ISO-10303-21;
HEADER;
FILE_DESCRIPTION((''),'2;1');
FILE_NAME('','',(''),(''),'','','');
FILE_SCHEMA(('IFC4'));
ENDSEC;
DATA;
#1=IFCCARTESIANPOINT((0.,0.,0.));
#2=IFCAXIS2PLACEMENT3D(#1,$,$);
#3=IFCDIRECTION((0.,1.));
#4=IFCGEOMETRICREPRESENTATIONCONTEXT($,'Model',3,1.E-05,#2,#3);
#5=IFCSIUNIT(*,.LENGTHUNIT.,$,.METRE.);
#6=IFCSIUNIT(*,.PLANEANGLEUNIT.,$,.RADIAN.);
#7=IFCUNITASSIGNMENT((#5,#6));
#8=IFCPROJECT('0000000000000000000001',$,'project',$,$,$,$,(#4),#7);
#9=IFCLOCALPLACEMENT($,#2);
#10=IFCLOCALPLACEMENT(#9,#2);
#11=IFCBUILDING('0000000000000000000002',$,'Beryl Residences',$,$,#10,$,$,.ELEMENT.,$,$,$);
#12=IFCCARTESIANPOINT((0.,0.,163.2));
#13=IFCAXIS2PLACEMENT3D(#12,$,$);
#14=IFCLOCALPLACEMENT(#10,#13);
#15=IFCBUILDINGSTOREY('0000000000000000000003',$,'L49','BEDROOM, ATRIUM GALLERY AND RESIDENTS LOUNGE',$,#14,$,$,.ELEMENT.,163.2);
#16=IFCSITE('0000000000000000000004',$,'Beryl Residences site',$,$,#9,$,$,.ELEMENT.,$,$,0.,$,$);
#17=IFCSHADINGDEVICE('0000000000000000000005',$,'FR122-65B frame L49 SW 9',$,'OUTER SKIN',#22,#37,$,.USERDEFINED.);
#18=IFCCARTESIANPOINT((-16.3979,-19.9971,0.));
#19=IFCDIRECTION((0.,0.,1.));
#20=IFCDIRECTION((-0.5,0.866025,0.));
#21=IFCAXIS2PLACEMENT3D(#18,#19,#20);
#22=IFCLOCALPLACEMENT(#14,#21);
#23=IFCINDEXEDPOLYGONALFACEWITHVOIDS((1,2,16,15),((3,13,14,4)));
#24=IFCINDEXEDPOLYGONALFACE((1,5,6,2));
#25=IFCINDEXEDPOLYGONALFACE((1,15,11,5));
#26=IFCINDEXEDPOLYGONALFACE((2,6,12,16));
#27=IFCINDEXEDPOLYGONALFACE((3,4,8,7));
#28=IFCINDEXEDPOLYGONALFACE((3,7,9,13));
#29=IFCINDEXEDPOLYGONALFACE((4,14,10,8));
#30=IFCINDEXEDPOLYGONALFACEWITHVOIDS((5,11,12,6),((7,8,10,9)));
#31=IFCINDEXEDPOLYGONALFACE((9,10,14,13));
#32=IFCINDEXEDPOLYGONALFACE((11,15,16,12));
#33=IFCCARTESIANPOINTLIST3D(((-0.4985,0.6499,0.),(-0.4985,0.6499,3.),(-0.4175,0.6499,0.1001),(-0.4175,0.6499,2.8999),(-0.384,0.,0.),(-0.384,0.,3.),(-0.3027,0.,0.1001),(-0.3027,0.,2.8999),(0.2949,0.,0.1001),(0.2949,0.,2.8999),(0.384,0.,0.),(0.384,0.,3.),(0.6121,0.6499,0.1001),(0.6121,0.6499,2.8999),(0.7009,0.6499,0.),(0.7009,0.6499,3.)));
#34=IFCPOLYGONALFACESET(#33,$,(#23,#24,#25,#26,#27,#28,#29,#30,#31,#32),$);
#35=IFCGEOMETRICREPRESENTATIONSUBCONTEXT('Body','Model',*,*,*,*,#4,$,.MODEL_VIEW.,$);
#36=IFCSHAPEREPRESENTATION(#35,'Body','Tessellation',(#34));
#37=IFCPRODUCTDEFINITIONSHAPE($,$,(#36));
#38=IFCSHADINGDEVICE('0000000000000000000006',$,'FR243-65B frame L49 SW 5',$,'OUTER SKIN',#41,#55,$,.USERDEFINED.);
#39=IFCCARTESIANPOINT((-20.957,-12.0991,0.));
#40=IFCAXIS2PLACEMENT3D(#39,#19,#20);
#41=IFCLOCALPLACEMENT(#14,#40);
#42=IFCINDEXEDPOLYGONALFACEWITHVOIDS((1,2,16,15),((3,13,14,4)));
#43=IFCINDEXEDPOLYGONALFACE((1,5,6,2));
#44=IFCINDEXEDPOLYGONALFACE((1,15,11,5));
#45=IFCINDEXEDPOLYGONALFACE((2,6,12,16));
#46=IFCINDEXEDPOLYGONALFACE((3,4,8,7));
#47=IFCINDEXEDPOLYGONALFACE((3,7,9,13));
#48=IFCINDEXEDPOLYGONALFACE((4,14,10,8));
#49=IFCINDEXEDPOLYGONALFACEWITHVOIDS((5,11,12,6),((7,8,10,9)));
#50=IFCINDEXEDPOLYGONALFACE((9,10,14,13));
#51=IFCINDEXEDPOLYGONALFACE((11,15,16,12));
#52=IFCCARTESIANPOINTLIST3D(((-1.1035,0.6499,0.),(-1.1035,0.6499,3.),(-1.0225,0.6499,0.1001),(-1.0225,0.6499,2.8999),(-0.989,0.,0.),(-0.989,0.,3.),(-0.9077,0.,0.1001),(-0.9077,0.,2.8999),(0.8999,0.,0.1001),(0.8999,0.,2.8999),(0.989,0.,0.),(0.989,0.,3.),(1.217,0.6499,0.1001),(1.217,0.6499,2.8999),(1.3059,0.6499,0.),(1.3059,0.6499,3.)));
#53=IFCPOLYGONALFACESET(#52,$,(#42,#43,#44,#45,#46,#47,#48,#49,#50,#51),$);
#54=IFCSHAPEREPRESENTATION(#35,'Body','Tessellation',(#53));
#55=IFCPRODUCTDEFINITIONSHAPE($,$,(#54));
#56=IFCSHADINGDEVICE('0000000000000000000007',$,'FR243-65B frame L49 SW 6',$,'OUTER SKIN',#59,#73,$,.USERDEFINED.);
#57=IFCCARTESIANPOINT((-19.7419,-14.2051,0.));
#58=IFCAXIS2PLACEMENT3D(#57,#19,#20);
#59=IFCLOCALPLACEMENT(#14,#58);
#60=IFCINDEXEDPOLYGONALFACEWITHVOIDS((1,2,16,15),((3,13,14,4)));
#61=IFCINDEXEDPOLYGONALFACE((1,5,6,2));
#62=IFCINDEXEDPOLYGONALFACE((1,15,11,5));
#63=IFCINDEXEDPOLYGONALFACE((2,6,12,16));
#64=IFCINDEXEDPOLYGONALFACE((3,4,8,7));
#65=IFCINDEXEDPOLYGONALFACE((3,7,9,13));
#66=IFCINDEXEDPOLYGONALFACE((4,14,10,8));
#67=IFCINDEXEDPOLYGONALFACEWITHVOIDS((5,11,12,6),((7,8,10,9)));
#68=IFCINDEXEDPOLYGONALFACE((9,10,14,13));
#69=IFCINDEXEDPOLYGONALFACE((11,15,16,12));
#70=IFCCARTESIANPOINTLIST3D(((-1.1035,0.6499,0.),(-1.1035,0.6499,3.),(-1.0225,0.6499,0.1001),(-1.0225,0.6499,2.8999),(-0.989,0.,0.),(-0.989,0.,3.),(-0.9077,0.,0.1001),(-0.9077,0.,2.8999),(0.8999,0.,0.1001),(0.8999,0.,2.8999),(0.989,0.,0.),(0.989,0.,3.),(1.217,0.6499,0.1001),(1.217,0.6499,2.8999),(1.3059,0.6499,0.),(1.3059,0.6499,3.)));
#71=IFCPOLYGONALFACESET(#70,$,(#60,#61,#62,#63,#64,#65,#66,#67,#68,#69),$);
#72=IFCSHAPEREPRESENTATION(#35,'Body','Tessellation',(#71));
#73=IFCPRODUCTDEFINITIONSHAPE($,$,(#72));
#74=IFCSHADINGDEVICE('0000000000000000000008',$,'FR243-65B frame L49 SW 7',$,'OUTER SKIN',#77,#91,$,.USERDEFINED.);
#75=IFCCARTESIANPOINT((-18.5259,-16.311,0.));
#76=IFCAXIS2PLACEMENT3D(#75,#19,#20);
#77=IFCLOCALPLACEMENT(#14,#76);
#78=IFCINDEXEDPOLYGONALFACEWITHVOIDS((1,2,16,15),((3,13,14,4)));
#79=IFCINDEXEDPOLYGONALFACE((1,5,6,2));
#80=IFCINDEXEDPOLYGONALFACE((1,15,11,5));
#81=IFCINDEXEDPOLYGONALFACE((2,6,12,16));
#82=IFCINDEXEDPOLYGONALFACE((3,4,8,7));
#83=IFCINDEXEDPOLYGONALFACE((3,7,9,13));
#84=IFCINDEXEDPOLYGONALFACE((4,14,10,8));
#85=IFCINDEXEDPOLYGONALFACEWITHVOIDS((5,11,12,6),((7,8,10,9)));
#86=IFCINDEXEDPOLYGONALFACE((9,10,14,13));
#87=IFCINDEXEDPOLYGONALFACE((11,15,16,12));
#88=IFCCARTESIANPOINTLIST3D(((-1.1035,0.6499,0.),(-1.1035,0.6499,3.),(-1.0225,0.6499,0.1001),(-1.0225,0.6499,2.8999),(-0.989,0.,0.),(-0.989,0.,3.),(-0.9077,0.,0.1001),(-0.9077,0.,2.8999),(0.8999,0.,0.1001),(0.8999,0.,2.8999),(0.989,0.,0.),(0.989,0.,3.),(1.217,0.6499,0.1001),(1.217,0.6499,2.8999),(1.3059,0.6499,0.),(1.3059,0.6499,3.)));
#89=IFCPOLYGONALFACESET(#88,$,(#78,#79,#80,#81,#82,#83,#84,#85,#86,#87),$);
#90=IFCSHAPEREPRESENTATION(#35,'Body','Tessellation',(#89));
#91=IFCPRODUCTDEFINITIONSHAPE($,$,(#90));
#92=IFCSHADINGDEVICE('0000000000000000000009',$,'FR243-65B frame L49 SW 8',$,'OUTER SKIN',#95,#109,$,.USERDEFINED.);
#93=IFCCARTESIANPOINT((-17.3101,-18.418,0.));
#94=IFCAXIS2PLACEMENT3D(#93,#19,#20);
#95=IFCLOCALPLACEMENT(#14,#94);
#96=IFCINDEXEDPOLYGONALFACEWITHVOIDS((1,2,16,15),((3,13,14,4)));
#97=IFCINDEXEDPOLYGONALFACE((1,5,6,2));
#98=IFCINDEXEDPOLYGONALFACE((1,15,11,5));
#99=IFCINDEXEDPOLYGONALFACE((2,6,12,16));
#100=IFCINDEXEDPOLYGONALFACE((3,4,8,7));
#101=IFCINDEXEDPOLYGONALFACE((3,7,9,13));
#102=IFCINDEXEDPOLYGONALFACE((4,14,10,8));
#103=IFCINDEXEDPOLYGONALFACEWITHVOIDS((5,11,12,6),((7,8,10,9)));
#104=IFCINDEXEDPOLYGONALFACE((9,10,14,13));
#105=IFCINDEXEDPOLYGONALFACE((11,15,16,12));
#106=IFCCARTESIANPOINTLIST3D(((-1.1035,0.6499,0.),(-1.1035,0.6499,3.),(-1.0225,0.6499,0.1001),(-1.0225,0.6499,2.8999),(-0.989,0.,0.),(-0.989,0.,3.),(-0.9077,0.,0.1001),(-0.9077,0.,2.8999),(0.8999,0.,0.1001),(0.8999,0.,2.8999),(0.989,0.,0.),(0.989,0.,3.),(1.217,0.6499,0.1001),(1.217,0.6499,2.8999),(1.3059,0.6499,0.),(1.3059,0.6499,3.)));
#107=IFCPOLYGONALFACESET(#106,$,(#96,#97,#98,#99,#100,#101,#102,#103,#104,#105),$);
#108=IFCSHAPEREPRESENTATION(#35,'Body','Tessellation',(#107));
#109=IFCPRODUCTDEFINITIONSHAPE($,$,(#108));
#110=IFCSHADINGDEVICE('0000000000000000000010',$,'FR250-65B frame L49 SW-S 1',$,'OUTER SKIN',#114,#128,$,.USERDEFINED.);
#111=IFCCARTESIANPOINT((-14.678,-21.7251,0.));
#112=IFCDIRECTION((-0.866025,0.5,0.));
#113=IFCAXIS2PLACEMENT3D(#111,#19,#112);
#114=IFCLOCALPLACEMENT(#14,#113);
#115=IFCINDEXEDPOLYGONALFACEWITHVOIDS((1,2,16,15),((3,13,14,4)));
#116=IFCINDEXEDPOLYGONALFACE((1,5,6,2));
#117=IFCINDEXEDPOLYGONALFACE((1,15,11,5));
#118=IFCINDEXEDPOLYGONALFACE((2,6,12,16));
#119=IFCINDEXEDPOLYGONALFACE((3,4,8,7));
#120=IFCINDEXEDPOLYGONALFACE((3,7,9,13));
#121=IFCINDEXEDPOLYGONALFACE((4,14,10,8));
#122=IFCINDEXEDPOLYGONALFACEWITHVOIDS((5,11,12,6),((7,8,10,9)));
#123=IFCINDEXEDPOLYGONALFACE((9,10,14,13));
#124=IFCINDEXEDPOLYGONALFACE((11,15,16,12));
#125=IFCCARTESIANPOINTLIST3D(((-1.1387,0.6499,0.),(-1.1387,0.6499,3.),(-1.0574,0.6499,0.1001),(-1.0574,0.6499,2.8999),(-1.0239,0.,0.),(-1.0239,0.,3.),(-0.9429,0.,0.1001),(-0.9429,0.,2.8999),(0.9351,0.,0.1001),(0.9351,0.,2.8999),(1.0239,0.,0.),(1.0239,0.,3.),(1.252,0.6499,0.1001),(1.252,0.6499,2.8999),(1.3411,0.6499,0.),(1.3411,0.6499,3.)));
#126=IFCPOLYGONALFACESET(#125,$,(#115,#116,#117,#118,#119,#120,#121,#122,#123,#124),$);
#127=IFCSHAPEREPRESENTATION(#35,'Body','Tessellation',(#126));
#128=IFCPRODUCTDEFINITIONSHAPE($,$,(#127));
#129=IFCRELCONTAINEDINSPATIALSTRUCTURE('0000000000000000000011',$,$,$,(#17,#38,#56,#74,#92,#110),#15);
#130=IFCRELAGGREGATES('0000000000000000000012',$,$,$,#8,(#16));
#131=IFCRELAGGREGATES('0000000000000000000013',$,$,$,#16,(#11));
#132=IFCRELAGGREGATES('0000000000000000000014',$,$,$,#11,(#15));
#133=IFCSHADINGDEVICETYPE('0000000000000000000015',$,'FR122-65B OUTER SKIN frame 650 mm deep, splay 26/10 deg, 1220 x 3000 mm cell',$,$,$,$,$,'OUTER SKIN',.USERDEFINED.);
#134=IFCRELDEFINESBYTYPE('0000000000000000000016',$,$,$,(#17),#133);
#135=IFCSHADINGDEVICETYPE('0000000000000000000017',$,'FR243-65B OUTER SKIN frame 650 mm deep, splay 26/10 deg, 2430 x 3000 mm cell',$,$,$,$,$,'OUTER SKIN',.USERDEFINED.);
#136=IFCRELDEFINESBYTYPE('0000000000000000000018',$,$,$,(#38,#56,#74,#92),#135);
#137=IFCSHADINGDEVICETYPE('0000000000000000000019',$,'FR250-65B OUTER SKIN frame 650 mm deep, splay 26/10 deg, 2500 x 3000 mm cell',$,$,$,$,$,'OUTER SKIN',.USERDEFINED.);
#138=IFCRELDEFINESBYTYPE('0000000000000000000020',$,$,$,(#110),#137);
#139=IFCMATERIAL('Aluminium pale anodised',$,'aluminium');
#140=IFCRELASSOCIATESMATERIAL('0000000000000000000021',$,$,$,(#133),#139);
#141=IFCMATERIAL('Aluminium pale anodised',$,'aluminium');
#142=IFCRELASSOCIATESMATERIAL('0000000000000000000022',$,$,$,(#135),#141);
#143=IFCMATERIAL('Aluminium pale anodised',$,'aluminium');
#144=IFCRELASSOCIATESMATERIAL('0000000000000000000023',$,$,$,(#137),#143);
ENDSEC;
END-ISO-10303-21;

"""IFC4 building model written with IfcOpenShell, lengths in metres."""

from ifc_helpers import new_model, entity, si_unit, direction, frame, origin, place, context, subcontext, project, spatial, source, transform, mapped, material, type_object, type_shapes, element, save


model = new_model("IFC4")

# Units and contexts
model_context = context("Model", 3, precision=1e-05, world=origin(), true_north=direction((0.0, 1.0)))
body_context = subcontext(model_context, "Body", "Model", "MODEL_VIEW")
ifc_project = project(units=[si_unit("LENGTHUNIT", "METRE"), si_unit("PLANEANGLEUNIT", "RADIAN")], contexts=[model_context])

# Site, building, storey
site_placement = place(None, origin())
site = spatial("IfcSite", under=ifc_project, at=site_placement, Name="Beryl Residences site", CompositionType="ELEMENT", RefElevation=0.0)
building_placement = place(site_placement, origin())
building = spatial("IfcBuilding", under=site, at=building_placement, Name="Beryl Residences", CompositionType="ELEMENT")
storey_placement = place(building_placement, frame((0.0, 0.0, 163.2)))
storey = spatial("IfcBuildingStorey", under=building, at=storey_placement, Name="L49", Description="BEDROOM, ATRIUM GALLERY AND RESIDENTS LOUNGE", CompositionType="ELEMENT", Elevation=163.2)

# Shading devices
ifc_material_1 = material(Name="Aluminium pale anodised", Category="aluminium")
shading_device_type_1 = type_object("IfcShadingDeviceType", Name="FR122-65B OUTER SKIN frame 650 mm deep, splay 26/10 deg, 1220 x 3000 mm cell", ElementType="OUTER SKIN", PredefinedType="USERDEFINED", material=ifc_material_1)
cartesian_point_1 = entity("IfcCartesianPoint", [-0.384, 0.0])
cartesian_point_2 = entity("IfcCartesianPoint", [-0.2949, 0.1001])
cartesian_point_3 = entity("IfcCartesianPoint", [-0.7009, 0.0])
cartesian_point_4 = entity("IfcCartesianPoint", [-0.6121, 0.1001])
shared_shape_1 = source(origin(), body_context, "Body", "SweptSolid", [
    entity("IfcExtrudedAreaSolidTapered", entity("IfcArbitraryProfileDefWithVoids", "AREA", None, entity("IfcPolyline", [cartesian_point_1, entity("IfcCartesianPoint", [0.384, 0.0]), entity("IfcCartesianPoint", [0.384, 3.0]), entity("IfcCartesianPoint", [-0.384, 3.0]), cartesian_point_1]), [entity("IfcPolyline", [cartesian_point_2, entity("IfcCartesianPoint", [0.3027, 0.1001]), entity("IfcCartesianPoint", [0.3027, 2.8999]), entity("IfcCartesianPoint", [-0.2949, 2.8999]), cartesian_point_2])]), entity("IfcAxis2Placement3D", entity("IfcCartesianPoint", [0.0, 0.0, 0.0]), entity("IfcDirection", [0.0, 1.0, 0.0]), entity("IfcDirection", [-1.0, 0.0, 0.0])), entity("IfcDirection", [0.0, 0.0, 1.0]), 0.6499, entity("IfcArbitraryProfileDefWithVoids", "AREA", None, entity("IfcPolyline", [cartesian_point_3, entity("IfcCartesianPoint", [0.4985, 0.0]), entity("IfcCartesianPoint", [0.4985, 3.0]), entity("IfcCartesianPoint", [-0.7009, 3.0]), cartesian_point_3]), [entity("IfcPolyline", [cartesian_point_4, entity("IfcCartesianPoint", [0.4175, 0.1001]), entity("IfcCartesianPoint", [0.4175, 2.8999]), entity("IfcCartesianPoint", [-0.6121, 2.8999]), cartesian_point_4])])),
])
type_shapes(shading_device_type_1, [shared_shape_1])
shading_device_1_placement = place(storey_placement, frame((-16.3979, -19.9971, 0.0), z_axis=(0.0, 0.0, 1.0), x_axis=(-0.5, 0.866025, 0.0)))
element("IfcShadingDevice", 1, at=shading_device_1_placement, inside=storey, type_object=shading_device_type_1, Name="FR122-65B frame L49 SW 9", ObjectType="OUTER SKIN", PredefinedType="USERDEFINED", context=body_context, shape_type="MappedRepresentation", body=[
    mapped(shared_shape_1, transform((0.0, 0.0, 0.0))),
])
ifc_material_2 = material(Name="Aluminium pale anodised", Category="aluminium")
shading_device_type_2 = type_object("IfcShadingDeviceType", Name="FR243-65B OUTER SKIN frame 650 mm deep, splay 26/10 deg, 2430 x 3000 mm cell", ElementType="OUTER SKIN", PredefinedType="USERDEFINED", material=ifc_material_2)
cartesian_point_5 = entity("IfcCartesianPoint", [-0.989, 0.0])
cartesian_point_6 = entity("IfcCartesianPoint", [-0.8999, 0.1001])
cartesian_point_7 = entity("IfcCartesianPoint", [-1.3059, 0.0])
cartesian_point_8 = entity("IfcCartesianPoint", [-1.217, 0.1001])
shared_shape_2 = source(origin(), body_context, "Body", "SweptSolid", [
    entity("IfcExtrudedAreaSolidTapered", entity("IfcArbitraryProfileDefWithVoids", "AREA", None, entity("IfcPolyline", [cartesian_point_5, entity("IfcCartesianPoint", [0.989, 0.0]), entity("IfcCartesianPoint", [0.989, 3.0]), entity("IfcCartesianPoint", [-0.989, 3.0]), cartesian_point_5]), [entity("IfcPolyline", [cartesian_point_6, entity("IfcCartesianPoint", [0.9077, 0.1001]), entity("IfcCartesianPoint", [0.9077, 2.8999]), entity("IfcCartesianPoint", [-0.8999, 2.8999]), cartesian_point_6])]), entity("IfcAxis2Placement3D", entity("IfcCartesianPoint", [0.0, 0.0, 0.0]), entity("IfcDirection", [0.0, 1.0, 0.0]), entity("IfcDirection", [-1.0, 0.0, 0.0])), entity("IfcDirection", [0.0, 0.0, 1.0]), 0.6499, entity("IfcArbitraryProfileDefWithVoids", "AREA", None, entity("IfcPolyline", [cartesian_point_7, entity("IfcCartesianPoint", [1.1035, 0.0]), entity("IfcCartesianPoint", [1.1035, 3.0]), entity("IfcCartesianPoint", [-1.3059, 3.0]), cartesian_point_7]), [entity("IfcPolyline", [cartesian_point_8, entity("IfcCartesianPoint", [1.0225, 0.1001]), entity("IfcCartesianPoint", [1.0225, 2.8999]), entity("IfcCartesianPoint", [-1.217, 2.8999]), cartesian_point_8])])),
])
type_shapes(shading_device_type_2, [shared_shape_2])
for number, where, z_axis, x_axis, name in (
    (2, (-20.957, -12.0991, 0.0), (0.0, 0.0, 1.0), (-0.5, 0.866025, 0.0), "FR243-65B frame L49 SW 5"),
    (3, (-19.7419, -14.2051, 0.0), (0.0, 0.0, 1.0), (-0.5, 0.866025, 0.0), "FR243-65B frame L49 SW 6"),
    (4, (-18.5259, -16.311, 0.0), (0.0, 0.0, 1.0), (-0.5, 0.866025, 0.0), "FR243-65B frame L49 SW 7"),
    (5, (-17.3101, -18.418, 0.0), (0.0, 0.0, 1.0), (-0.5, 0.866025, 0.0), "FR243-65B frame L49 SW 8"),
):
    element("IfcShadingDevice", number, at=place(storey_placement, frame(where, z_axis=z_axis, x_axis=x_axis)), inside=storey, type_object=shading_device_type_2, Name=name, ObjectType="OUTER SKIN", PredefinedType="USERDEFINED", context=body_context, shape_type="MappedRepresentation", body=[
        mapped(shared_shape_2, transform((0.0, 0.0, 0.0))),
    ])
ifc_material_3 = material(Name="Aluminium pale anodised", Category="aluminium")
shading_device_type_3 = type_object("IfcShadingDeviceType", Name="FR250-65B OUTER SKIN frame 650 mm deep, splay 26/10 deg, 2500 x 3000 mm cell", ElementType="OUTER SKIN", PredefinedType="USERDEFINED", material=ifc_material_3)
cartesian_point_9 = entity("IfcCartesianPoint", [-1.0239, 0.0])
cartesian_point_10 = entity("IfcCartesianPoint", [-0.9351, 0.1001])
cartesian_point_11 = entity("IfcCartesianPoint", [-1.3411, 0.0])
cartesian_point_12 = entity("IfcCartesianPoint", [-1.252, 0.1001])
shared_shape_3 = source(origin(), body_context, "Body", "SweptSolid", [
    entity("IfcExtrudedAreaSolidTapered", entity("IfcArbitraryProfileDefWithVoids", "AREA", None, entity("IfcPolyline", [cartesian_point_9, entity("IfcCartesianPoint", [1.0239, 0.0]), entity("IfcCartesianPoint", [1.0239, 3.0]), entity("IfcCartesianPoint", [-1.0239, 3.0]), cartesian_point_9]), [entity("IfcPolyline", [cartesian_point_10, entity("IfcCartesianPoint", [0.9429, 0.1001]), entity("IfcCartesianPoint", [0.9429, 2.8999]), entity("IfcCartesianPoint", [-0.9351, 2.8999]), cartesian_point_10])]), entity("IfcAxis2Placement3D", entity("IfcCartesianPoint", [0.0, 0.0, 0.0]), entity("IfcDirection", [0.0, 1.0, 0.0]), entity("IfcDirection", [-1.0, 0.0, 0.0])), entity("IfcDirection", [0.0, 0.0, 1.0]), 0.6499, entity("IfcArbitraryProfileDefWithVoids", "AREA", None, entity("IfcPolyline", [cartesian_point_11, entity("IfcCartesianPoint", [1.1387, 0.0]), entity("IfcCartesianPoint", [1.1387, 3.0]), entity("IfcCartesianPoint", [-1.3411, 3.0]), cartesian_point_11]), [entity("IfcPolyline", [cartesian_point_12, entity("IfcCartesianPoint", [1.0574, 0.1001]), entity("IfcCartesianPoint", [1.0574, 2.8999]), entity("IfcCartesianPoint", [-1.252, 2.8999]), cartesian_point_12])])),
])
type_shapes(shading_device_type_3, [shared_shape_3])
shading_device_2_placement = place(storey_placement, frame((-14.678, -21.7251, 0.0), z_axis=(0.0, 0.0, 1.0), x_axis=(-0.866025, 0.5, 0.0)))
element("IfcShadingDevice", 6, at=shading_device_2_placement, inside=storey, type_object=shading_device_type_3, Name="FR250-65B frame L49 SW-S 1", ObjectType="OUTER SKIN", PredefinedType="USERDEFINED", context=body_context, shape_type="MappedRepresentation", body=[
    mapped(shared_shape_3, transform((0.0, 0.0, 0.0))),
])

save(model, "model.ifc")
